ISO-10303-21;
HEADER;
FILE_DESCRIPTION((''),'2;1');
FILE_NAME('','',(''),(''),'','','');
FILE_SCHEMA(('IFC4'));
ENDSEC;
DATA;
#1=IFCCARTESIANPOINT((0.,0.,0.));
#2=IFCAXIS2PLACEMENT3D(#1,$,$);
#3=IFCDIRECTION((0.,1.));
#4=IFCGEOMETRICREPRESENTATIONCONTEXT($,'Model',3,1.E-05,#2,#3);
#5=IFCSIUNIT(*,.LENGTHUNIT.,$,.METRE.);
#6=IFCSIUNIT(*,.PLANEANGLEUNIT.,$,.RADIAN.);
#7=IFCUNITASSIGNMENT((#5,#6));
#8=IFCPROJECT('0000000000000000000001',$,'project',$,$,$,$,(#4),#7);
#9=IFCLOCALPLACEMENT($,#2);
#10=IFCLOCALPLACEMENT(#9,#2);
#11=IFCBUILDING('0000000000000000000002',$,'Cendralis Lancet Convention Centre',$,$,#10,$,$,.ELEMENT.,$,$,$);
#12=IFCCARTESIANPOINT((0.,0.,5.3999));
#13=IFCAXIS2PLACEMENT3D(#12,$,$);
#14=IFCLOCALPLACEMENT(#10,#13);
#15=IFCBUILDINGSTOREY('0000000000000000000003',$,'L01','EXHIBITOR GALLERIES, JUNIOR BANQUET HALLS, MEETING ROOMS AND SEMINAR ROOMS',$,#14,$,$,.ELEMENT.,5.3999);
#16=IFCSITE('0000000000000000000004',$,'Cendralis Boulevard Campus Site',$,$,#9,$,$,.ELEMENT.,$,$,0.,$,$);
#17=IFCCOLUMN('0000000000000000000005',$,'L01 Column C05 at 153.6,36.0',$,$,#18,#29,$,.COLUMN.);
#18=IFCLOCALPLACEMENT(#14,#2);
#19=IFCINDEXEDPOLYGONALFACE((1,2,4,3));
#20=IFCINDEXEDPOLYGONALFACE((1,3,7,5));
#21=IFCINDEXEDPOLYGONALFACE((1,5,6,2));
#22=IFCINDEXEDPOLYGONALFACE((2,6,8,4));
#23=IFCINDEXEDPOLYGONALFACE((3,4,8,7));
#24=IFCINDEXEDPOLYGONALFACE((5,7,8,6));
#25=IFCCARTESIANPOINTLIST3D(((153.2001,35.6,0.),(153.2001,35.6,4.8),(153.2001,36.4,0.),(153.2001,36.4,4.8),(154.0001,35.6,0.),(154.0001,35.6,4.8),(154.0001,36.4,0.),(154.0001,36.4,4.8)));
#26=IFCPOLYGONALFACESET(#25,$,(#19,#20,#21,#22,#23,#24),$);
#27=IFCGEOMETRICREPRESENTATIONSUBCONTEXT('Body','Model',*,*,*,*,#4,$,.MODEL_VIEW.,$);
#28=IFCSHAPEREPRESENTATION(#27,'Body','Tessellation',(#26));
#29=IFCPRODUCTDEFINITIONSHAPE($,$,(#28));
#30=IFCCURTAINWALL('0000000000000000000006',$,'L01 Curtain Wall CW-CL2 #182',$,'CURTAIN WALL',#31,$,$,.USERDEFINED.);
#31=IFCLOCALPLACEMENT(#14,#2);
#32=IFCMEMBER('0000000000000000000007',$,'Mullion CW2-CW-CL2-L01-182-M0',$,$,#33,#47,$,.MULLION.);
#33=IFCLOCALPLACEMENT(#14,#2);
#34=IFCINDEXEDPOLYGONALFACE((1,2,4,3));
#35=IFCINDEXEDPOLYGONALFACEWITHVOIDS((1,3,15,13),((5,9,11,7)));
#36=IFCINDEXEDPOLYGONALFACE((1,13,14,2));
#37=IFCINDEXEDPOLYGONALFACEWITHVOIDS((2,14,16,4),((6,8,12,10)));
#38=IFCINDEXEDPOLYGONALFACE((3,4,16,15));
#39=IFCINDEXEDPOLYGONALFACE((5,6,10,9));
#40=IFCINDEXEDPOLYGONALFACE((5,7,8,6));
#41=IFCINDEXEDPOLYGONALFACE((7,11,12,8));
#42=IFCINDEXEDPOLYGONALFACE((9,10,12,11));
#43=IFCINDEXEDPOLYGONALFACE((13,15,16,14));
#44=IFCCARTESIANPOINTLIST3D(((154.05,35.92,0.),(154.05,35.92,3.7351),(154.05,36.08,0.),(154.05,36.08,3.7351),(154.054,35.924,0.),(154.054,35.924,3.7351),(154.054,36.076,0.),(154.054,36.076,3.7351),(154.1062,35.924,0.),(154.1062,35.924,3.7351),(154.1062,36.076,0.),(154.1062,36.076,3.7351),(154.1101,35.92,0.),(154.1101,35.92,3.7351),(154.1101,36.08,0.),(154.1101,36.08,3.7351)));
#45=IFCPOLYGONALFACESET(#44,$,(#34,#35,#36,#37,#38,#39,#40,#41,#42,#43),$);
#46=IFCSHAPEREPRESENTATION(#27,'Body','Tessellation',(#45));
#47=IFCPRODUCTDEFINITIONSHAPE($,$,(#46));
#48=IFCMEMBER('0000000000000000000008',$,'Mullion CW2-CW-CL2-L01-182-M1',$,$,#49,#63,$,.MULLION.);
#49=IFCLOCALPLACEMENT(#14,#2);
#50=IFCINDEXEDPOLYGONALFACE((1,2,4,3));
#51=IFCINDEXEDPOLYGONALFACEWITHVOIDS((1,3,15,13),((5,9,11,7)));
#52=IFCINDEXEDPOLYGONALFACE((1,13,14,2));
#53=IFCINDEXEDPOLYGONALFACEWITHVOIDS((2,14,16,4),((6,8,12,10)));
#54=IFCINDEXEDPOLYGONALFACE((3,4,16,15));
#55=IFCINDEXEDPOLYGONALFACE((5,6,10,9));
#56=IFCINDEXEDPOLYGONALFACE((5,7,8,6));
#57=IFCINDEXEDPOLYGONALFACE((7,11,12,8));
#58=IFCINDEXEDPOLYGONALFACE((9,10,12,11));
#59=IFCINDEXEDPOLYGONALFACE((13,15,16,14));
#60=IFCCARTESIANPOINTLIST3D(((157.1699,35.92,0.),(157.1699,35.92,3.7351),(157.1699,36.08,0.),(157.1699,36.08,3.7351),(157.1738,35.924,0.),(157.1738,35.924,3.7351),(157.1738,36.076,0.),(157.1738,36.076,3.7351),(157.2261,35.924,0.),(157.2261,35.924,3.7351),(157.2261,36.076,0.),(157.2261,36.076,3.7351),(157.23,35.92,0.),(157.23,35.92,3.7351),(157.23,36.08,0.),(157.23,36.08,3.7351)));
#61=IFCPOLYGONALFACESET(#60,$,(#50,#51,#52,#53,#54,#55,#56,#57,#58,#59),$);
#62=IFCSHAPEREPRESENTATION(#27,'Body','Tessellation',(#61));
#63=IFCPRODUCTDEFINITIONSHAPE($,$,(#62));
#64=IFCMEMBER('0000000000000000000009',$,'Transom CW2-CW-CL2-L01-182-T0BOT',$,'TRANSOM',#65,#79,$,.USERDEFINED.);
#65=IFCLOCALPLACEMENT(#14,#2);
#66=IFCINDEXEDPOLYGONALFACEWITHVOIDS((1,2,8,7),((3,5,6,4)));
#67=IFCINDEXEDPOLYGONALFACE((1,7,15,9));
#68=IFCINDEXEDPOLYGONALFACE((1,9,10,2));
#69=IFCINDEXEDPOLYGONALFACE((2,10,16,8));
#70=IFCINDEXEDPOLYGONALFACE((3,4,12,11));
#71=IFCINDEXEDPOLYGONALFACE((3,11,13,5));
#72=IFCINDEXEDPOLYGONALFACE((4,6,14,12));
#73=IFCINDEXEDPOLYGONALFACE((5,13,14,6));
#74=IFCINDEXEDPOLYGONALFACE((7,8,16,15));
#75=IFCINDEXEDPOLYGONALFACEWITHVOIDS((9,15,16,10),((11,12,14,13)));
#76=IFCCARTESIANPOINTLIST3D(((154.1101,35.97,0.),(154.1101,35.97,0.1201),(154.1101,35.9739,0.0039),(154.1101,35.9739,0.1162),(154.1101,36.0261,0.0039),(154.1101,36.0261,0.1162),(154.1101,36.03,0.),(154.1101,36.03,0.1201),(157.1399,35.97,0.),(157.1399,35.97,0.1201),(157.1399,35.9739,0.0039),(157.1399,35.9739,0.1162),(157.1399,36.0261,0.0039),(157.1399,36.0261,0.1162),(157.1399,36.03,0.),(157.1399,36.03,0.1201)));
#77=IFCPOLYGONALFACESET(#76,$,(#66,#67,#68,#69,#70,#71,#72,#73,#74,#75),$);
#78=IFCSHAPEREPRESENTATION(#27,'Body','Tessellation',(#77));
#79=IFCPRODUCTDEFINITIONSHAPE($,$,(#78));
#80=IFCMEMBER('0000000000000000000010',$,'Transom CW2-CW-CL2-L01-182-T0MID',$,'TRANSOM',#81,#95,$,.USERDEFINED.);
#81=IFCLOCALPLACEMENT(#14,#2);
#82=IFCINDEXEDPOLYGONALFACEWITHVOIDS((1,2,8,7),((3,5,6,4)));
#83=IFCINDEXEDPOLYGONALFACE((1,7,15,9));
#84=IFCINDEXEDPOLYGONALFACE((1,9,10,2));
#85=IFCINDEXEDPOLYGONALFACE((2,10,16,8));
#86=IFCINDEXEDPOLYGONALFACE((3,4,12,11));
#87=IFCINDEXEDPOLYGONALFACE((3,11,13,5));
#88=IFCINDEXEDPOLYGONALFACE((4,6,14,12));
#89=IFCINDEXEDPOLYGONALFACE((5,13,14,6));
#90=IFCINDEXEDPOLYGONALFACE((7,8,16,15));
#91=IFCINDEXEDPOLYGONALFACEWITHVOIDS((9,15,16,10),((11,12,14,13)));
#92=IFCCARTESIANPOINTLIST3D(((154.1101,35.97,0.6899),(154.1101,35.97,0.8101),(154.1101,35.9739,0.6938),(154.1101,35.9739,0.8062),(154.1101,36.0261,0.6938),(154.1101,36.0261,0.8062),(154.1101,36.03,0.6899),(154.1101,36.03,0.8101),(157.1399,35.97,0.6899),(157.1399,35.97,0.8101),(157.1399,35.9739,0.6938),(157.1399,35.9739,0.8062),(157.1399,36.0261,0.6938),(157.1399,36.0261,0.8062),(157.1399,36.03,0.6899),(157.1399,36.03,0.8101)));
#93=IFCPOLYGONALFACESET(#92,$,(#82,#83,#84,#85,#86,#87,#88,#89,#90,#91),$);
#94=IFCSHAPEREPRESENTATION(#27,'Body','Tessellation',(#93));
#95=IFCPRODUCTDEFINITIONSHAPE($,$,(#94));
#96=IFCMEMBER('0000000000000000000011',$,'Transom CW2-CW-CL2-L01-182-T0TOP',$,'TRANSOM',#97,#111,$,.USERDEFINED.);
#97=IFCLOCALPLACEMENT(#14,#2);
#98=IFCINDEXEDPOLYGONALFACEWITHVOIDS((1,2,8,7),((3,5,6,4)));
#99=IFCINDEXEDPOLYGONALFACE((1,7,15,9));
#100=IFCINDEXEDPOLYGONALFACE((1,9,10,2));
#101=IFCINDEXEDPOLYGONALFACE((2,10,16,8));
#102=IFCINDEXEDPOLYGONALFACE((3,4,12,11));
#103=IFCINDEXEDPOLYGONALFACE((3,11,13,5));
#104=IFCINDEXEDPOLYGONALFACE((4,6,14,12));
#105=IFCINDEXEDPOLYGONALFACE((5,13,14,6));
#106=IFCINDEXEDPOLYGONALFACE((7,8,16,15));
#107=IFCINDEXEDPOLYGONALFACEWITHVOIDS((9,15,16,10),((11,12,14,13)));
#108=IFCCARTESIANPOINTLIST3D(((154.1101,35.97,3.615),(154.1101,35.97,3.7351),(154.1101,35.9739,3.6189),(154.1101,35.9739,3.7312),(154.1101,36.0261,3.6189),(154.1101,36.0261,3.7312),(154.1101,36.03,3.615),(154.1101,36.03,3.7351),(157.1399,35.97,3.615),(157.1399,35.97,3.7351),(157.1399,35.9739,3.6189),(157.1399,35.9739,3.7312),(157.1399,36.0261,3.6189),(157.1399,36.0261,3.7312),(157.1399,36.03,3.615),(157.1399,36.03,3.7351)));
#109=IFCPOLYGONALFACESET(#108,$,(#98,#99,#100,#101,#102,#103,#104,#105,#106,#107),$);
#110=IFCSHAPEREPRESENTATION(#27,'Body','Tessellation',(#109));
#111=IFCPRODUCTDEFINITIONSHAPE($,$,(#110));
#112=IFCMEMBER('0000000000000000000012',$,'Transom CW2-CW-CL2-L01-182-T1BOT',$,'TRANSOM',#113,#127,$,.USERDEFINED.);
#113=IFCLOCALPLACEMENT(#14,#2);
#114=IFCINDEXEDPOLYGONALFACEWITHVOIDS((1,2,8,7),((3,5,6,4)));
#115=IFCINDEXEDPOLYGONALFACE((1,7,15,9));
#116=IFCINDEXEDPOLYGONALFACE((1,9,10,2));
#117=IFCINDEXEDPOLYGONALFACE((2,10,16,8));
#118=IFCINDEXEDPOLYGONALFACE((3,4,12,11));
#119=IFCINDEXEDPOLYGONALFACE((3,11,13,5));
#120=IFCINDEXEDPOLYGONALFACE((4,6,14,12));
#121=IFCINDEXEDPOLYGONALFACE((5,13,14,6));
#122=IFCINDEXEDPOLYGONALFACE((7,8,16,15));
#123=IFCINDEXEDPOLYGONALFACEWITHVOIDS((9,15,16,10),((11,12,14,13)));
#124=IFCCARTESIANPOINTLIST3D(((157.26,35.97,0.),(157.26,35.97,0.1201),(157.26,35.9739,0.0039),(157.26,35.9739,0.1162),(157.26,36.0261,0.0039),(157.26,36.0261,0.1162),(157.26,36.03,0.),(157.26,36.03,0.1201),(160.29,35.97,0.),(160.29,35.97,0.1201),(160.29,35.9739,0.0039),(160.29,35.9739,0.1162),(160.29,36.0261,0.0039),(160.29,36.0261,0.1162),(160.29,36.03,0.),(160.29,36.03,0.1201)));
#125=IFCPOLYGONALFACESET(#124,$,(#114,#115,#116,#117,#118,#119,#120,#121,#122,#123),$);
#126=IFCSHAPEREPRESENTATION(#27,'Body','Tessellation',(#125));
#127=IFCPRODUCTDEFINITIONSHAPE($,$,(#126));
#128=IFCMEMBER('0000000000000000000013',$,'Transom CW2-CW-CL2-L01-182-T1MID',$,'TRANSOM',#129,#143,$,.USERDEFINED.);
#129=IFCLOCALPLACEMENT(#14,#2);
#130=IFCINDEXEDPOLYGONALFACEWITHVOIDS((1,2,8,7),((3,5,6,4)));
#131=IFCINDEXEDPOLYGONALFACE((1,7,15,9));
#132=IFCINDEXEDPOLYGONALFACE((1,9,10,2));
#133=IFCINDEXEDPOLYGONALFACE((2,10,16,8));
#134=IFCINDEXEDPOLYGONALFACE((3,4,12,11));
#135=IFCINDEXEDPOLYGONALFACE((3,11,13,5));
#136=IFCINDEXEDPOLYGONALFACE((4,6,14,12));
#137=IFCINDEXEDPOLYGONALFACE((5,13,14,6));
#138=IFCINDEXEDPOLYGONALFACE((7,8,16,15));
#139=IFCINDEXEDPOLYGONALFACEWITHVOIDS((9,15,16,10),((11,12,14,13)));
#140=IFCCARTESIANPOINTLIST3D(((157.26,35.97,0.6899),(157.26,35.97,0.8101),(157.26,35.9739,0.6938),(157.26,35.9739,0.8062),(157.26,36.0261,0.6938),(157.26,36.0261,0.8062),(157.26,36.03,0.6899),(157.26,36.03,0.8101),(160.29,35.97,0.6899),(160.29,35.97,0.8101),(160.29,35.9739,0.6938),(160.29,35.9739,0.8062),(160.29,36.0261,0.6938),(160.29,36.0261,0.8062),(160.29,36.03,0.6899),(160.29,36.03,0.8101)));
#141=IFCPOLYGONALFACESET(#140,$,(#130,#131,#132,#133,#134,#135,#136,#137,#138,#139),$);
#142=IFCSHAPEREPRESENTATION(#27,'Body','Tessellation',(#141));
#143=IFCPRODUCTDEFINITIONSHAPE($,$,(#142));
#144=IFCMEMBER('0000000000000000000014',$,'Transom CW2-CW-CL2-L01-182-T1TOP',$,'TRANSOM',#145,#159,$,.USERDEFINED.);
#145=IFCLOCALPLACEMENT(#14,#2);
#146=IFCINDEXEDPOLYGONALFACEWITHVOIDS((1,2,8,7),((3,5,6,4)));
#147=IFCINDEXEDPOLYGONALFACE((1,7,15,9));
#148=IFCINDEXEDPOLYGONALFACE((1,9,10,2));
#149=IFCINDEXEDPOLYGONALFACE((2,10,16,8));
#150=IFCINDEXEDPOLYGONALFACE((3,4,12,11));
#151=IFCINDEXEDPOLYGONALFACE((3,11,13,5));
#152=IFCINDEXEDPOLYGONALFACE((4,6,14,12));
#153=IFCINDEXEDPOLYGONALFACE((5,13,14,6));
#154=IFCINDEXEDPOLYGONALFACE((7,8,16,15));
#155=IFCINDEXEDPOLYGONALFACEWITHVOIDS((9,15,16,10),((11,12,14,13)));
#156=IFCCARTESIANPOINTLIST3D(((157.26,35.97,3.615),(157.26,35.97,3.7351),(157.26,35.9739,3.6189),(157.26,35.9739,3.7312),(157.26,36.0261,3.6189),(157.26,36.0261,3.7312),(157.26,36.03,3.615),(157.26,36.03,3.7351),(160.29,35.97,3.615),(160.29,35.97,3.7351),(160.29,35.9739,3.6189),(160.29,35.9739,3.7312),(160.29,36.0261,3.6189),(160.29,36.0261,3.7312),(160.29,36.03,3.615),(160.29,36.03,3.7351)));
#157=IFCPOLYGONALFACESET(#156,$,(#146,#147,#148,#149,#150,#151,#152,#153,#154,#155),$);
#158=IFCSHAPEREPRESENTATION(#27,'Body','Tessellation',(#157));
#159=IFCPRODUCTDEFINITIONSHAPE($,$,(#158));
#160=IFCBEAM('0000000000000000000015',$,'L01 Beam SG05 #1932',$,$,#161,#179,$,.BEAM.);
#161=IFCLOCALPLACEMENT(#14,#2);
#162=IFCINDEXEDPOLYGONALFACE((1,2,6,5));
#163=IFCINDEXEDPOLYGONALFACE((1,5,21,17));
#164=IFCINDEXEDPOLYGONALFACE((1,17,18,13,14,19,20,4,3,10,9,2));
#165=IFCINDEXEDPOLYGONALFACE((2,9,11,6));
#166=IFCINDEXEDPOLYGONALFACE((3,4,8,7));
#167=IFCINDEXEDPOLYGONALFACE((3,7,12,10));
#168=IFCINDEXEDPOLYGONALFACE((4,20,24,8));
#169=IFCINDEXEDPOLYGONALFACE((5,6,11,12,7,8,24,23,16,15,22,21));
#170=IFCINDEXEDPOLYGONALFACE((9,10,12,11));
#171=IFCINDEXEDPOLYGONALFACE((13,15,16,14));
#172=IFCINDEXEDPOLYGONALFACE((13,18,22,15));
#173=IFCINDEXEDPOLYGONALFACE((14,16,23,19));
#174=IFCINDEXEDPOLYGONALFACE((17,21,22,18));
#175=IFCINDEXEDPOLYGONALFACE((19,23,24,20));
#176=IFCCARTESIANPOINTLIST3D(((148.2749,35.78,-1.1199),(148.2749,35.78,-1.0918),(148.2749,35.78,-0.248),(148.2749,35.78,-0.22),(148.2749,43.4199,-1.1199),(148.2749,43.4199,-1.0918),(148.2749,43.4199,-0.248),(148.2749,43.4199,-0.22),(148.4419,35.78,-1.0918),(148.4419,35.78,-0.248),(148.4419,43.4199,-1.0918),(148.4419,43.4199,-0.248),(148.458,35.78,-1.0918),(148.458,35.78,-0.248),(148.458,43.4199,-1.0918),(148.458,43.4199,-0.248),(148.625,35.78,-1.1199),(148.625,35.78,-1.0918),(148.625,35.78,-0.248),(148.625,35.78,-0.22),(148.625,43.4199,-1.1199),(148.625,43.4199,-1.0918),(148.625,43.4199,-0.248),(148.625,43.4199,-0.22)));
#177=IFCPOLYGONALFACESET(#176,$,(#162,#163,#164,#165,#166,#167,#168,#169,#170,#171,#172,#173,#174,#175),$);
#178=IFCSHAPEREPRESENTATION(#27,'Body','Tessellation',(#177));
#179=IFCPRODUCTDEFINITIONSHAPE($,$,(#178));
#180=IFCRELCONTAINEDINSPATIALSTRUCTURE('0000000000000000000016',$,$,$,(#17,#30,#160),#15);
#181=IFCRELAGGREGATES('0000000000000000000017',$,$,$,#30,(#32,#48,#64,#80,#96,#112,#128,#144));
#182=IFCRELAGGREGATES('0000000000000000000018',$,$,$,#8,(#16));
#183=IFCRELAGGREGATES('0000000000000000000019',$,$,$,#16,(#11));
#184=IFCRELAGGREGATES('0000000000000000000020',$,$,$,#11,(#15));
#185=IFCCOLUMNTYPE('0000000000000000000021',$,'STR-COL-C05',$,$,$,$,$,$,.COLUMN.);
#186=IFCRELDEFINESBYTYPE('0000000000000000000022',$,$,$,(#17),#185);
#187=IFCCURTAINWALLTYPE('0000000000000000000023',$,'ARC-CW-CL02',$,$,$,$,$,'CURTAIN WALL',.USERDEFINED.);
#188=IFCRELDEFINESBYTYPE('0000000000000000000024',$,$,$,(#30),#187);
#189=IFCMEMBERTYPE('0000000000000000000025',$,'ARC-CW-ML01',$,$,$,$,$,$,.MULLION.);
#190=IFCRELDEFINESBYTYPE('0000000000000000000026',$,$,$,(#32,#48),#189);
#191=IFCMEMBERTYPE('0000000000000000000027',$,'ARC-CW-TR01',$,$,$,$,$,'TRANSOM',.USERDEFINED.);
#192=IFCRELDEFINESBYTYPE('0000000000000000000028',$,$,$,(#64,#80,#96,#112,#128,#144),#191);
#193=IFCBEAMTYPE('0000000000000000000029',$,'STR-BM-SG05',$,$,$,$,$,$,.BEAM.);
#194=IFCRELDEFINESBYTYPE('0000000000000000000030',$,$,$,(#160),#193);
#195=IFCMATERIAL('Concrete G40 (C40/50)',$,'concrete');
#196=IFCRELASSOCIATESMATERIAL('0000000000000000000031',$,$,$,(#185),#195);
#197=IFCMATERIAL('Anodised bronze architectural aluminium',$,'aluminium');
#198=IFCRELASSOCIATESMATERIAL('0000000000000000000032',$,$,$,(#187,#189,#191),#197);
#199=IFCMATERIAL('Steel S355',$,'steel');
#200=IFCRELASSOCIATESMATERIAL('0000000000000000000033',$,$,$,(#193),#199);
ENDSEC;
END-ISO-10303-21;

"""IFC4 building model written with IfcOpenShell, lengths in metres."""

from ifc_helpers import new_model, si_unit, direction, frame, origin, origin_2d, place, context, subcontext, project, spatial, rectangle, hollow_rectangle, i_section, extrude, material, material_profile, profile_set, type_object, element, aggregate, save


model = new_model("IFC4")

# Units and contexts
model_context = context("Model", 3, precision=1e-05, world=origin(), true_north=direction((0.0, 1.0)))
body_context = subcontext(model_context, "Body", "Model", "MODEL_VIEW")
ifc_project = project(units=[si_unit("LENGTHUNIT", "METRE"), si_unit("PLANEANGLEUNIT", "RADIAN")], contexts=[model_context])

# Site, building, storey
site_placement = place(None, origin())
site = spatial("IfcSite", under=ifc_project, at=site_placement, Name="Cendralis Boulevard Campus Site", CompositionType="ELEMENT", RefElevation=0.0)
building_placement = place(site_placement, origin())
building = spatial("IfcBuilding", under=site, at=building_placement, Name="Cendralis Lancet Convention Centre", CompositionType="ELEMENT")
storey_placement = place(building_placement, frame((0.0, 0.0, 5.3999)))
storey = spatial("IfcBuildingStorey", under=building, at=storey_placement, Name="L01", Description="EXHIBITOR GALLERIES, JUNIOR BANQUET HALLS, MEETING ROOMS AND SEMINAR ROOMS", CompositionType="ELEMENT", Elevation=5.3999)

# Column
ifc_material_1 = material(Name="Concrete G40 (C40/50)", Category="concrete")
ifc_material_profile_1 = material_profile(ifc_material_1, rectangle(XDim=0.8, YDim=0.8, at=origin_2d()), Name="RC 800x800")
ifc_profile_set_1 = profile_set([ifc_material_profile_1], Name="Concrete G40 (C40/50)")
column_type = type_object("IfcColumnType", Name="STR-COL-C05", PredefinedType="COLUMN", material=ifc_profile_set_1)
column_placement = place(storey_placement, frame((153.6001, 36.0, 0.0), z_axis=(0.0, 0.0, 1.0), x_axis=(1.0, 0.0, 0.0)))
element("IfcColumn", 1, at=column_placement, inside=storey, type_object=column_type, Name="L01 Column C05 at 153.6,36.0", PredefinedType="COLUMN", context=body_context, shape_type="SweptSolid", body=[
    extrude(rectangle(XDim=0.8, YDim=0.8, at=origin_2d()), origin(), (0.0, 0.0, 1.0), 4.8),
])

# Curtain wall, members
ifc_material_2 = material(Name="Anodised bronze architectural aluminium", Category="aluminium")
curtain_wall_type = type_object("IfcCurtainWallType", Name="ARC-CW-CL02", ElementType="CURTAIN WALL", PredefinedType="USERDEFINED", material=ifc_material_2)
curtain_wall_placement = place(storey_placement, origin())
curtain_wall = element("IfcCurtainWall", 2, at=curtain_wall_placement, inside=storey, type_object=curtain_wall_type, Name="L01 Curtain Wall CW-CL2 #182", ObjectType="CURTAIN WALL", PredefinedType="USERDEFINED")
ifc_material_profile_2 = material_profile(ifc_material_2, hollow_rectangle(XDim=0.0601, YDim=0.1599, WallThickness=0.0039, at=origin_2d()), Name="AL-MULL 60x160x4.0")
ifc_profile_set_2 = profile_set([ifc_material_profile_2], Name="Anodised bronze architectural aluminium")
member_type_1 = type_object("IfcMemberType", Name="ARC-CW-ML01", PredefinedType="MULLION", material=ifc_profile_set_2)
member_1_placement = place(storey_placement, frame((154.0801, 36.0, 0.0), z_axis=(0.0, 0.0, 1.0), x_axis=(1.0, 0.0, 0.0)))
member_1 = element("IfcMember", 3, at=member_1_placement, type_object=member_type_1, Name="Mullion CW2-CW-CL2-L01-182-M0", PredefinedType="MULLION", context=body_context, shape_type="SweptSolid", body=[
    extrude(hollow_rectangle(XDim=0.0601, YDim=0.1599, WallThickness=0.0039, at=origin_2d()), origin(), (0.0, 0.0, 1.0), 3.7351),
])
member_2_placement = place(storey_placement, frame((157.2, 36.0, 0.0), z_axis=(0.0, 0.0, 1.0), x_axis=(1.0, 0.0, 0.0)))
member_2 = element("IfcMember", 4, at=member_2_placement, type_object=member_type_1, Name="Mullion CW2-CW-CL2-L01-182-M1", PredefinedType="MULLION", context=body_context, shape_type="SweptSolid", body=[
    extrude(hollow_rectangle(XDim=0.0601, YDim=0.1599, WallThickness=0.0039, at=origin_2d()), origin(), (0.0, 0.0, 1.0), 3.7351),
])
ifc_material_profile_3 = material_profile(ifc_material_2, hollow_rectangle(XDim=0.0601, YDim=0.1201, WallThickness=0.0039, at=origin_2d()), Name="AL-TRAN 60x120x4.0")
ifc_profile_set_3 = profile_set([ifc_material_profile_3], Name="Anodised bronze architectural aluminium")
member_type_2 = type_object("IfcMemberType", Name="ARC-CW-TR01", ElementType="TRANSOM", PredefinedType="USERDEFINED", material=ifc_profile_set_3)
member_3_placement = place(storey_placement, frame((154.1101, 36.0, 0.0601), z_axis=(1.0, 0.0, 0.0), x_axis=(0.0, 1.0, 0.0)))
member_3 = element("IfcMember", 5, at=member_3_placement, type_object=member_type_2, Name="Transom CW2-CW-CL2-L01-182-T0BOT", ObjectType="TRANSOM", PredefinedType="USERDEFINED", context=body_context, shape_type="SweptSolid", body=[
    extrude(hollow_rectangle(XDim=0.0601, YDim=0.1201, WallThickness=0.0039, at=origin_2d()), origin(), (0.0, 0.0, 1.0), 3.0298),
])
member_4_placement = place(storey_placement, frame((154.1101, 36.0, 0.75), z_axis=(1.0, 0.0, 0.0), x_axis=(0.0, 1.0, 0.0)))
member_4 = element("IfcMember", 6, at=member_4_placement, type_object=member_type_2, Name="Transom CW2-CW-CL2-L01-182-T0MID", ObjectType="TRANSOM", PredefinedType="USERDEFINED", context=body_context, shape_type="SweptSolid", body=[
    extrude(hollow_rectangle(XDim=0.0601, YDim=0.1201, WallThickness=0.0039, at=origin_2d()), origin(), (0.0, 0.0, 1.0), 3.0298),
])
member_5_placement = place(storey_placement, frame((154.1101, 36.0, 3.675), z_axis=(1.0, 0.0, 0.0), x_axis=(0.0, 1.0, 0.0)))
member_5 = element("IfcMember", 7, at=member_5_placement, type_object=member_type_2, Name="Transom CW2-CW-CL2-L01-182-T0TOP", ObjectType="TRANSOM", PredefinedType="USERDEFINED", context=body_context, shape_type="SweptSolid", body=[
    extrude(hollow_rectangle(XDim=0.0601, YDim=0.1201, WallThickness=0.0039, at=origin_2d()), origin(), (0.0, 0.0, 1.0), 3.0298),
])
member_6_placement = place(storey_placement, frame((157.26, 36.0, 0.0601), z_axis=(1.0, 0.0, 0.0), x_axis=(0.0, 1.0, 0.0)))
member_6 = element("IfcMember", 8, at=member_6_placement, type_object=member_type_2, Name="Transom CW2-CW-CL2-L01-182-T1BOT", ObjectType="TRANSOM", PredefinedType="USERDEFINED", context=body_context, shape_type="SweptSolid", body=[
    extrude(hollow_rectangle(XDim=0.0601, YDim=0.1201, WallThickness=0.0039, at=origin_2d()), origin(), (0.0, 0.0, 1.0), 3.03),
])
member_7_placement = place(storey_placement, frame((157.26, 36.0, 0.75), z_axis=(1.0, 0.0, 0.0), x_axis=(0.0, 1.0, 0.0)))
member_7 = element("IfcMember", 9, at=member_7_placement, type_object=member_type_2, Name="Transom CW2-CW-CL2-L01-182-T1MID", ObjectType="TRANSOM", PredefinedType="USERDEFINED", context=body_context, shape_type="SweptSolid", body=[
    extrude(hollow_rectangle(XDim=0.0601, YDim=0.1201, WallThickness=0.0039, at=origin_2d()), origin(), (0.0, 0.0, 1.0), 3.03),
])
member_8_placement = place(storey_placement, frame((157.26, 36.0, 3.675), z_axis=(1.0, 0.0, 0.0), x_axis=(0.0, 1.0, 0.0)))
member_8 = element("IfcMember", 10, at=member_8_placement, type_object=member_type_2, Name="Transom CW2-CW-CL2-L01-182-T1TOP", ObjectType="TRANSOM", PredefinedType="USERDEFINED", context=body_context, shape_type="SweptSolid", body=[
    extrude(hollow_rectangle(XDim=0.0601, YDim=0.1201, WallThickness=0.0039, at=origin_2d()), origin(), (0.0, 0.0, 1.0), 3.03),
])

# Beam
ifc_material_3 = material(Name="Steel S355", Category="steel")
ifc_material_profile_4 = material_profile(ifc_material_3, i_section(OverallWidth=0.3501, OverallDepth=0.8999, WebThickness=0.0161, FlangeThickness=0.0281, at=origin_2d()), Name="PG 900x350")
ifc_profile_set_4 = profile_set([ifc_material_profile_4], Name="Steel S355")
beam_type_1 = type_object("IfcBeamType", Name="STR-BM-SG05", PredefinedType="BEAM", material=ifc_profile_set_4)
for number, where, z_axis, x_axis, name in (
    (11, (148.45, 35.78, -0.6699), (0.0, 1.0, 0.0), (-1.0, 0.0, 0.0), "L01 Beam SG05 #1932"),
):
    element("IfcBeam", number, at=place(storey_placement, frame(where, z_axis=z_axis, x_axis=x_axis)), inside=storey, type_object=beam_type_1, Name=name, PredefinedType="BEAM", context=body_context, shape_type="SweptSolid", body=[
        extrude(i_section(OverallWidth=0.3501, OverallDepth=0.8999, WebThickness=0.0161, FlangeThickness=0.0281, at=origin_2d()), origin(), (0.0, 0.0, 1.0), 7.6399),
    ])

aggregate(curtain_wall, [member_1, member_2, member_3, member_4, member_5, member_6, member_7, member_8])

save(model, "model.ifc")
